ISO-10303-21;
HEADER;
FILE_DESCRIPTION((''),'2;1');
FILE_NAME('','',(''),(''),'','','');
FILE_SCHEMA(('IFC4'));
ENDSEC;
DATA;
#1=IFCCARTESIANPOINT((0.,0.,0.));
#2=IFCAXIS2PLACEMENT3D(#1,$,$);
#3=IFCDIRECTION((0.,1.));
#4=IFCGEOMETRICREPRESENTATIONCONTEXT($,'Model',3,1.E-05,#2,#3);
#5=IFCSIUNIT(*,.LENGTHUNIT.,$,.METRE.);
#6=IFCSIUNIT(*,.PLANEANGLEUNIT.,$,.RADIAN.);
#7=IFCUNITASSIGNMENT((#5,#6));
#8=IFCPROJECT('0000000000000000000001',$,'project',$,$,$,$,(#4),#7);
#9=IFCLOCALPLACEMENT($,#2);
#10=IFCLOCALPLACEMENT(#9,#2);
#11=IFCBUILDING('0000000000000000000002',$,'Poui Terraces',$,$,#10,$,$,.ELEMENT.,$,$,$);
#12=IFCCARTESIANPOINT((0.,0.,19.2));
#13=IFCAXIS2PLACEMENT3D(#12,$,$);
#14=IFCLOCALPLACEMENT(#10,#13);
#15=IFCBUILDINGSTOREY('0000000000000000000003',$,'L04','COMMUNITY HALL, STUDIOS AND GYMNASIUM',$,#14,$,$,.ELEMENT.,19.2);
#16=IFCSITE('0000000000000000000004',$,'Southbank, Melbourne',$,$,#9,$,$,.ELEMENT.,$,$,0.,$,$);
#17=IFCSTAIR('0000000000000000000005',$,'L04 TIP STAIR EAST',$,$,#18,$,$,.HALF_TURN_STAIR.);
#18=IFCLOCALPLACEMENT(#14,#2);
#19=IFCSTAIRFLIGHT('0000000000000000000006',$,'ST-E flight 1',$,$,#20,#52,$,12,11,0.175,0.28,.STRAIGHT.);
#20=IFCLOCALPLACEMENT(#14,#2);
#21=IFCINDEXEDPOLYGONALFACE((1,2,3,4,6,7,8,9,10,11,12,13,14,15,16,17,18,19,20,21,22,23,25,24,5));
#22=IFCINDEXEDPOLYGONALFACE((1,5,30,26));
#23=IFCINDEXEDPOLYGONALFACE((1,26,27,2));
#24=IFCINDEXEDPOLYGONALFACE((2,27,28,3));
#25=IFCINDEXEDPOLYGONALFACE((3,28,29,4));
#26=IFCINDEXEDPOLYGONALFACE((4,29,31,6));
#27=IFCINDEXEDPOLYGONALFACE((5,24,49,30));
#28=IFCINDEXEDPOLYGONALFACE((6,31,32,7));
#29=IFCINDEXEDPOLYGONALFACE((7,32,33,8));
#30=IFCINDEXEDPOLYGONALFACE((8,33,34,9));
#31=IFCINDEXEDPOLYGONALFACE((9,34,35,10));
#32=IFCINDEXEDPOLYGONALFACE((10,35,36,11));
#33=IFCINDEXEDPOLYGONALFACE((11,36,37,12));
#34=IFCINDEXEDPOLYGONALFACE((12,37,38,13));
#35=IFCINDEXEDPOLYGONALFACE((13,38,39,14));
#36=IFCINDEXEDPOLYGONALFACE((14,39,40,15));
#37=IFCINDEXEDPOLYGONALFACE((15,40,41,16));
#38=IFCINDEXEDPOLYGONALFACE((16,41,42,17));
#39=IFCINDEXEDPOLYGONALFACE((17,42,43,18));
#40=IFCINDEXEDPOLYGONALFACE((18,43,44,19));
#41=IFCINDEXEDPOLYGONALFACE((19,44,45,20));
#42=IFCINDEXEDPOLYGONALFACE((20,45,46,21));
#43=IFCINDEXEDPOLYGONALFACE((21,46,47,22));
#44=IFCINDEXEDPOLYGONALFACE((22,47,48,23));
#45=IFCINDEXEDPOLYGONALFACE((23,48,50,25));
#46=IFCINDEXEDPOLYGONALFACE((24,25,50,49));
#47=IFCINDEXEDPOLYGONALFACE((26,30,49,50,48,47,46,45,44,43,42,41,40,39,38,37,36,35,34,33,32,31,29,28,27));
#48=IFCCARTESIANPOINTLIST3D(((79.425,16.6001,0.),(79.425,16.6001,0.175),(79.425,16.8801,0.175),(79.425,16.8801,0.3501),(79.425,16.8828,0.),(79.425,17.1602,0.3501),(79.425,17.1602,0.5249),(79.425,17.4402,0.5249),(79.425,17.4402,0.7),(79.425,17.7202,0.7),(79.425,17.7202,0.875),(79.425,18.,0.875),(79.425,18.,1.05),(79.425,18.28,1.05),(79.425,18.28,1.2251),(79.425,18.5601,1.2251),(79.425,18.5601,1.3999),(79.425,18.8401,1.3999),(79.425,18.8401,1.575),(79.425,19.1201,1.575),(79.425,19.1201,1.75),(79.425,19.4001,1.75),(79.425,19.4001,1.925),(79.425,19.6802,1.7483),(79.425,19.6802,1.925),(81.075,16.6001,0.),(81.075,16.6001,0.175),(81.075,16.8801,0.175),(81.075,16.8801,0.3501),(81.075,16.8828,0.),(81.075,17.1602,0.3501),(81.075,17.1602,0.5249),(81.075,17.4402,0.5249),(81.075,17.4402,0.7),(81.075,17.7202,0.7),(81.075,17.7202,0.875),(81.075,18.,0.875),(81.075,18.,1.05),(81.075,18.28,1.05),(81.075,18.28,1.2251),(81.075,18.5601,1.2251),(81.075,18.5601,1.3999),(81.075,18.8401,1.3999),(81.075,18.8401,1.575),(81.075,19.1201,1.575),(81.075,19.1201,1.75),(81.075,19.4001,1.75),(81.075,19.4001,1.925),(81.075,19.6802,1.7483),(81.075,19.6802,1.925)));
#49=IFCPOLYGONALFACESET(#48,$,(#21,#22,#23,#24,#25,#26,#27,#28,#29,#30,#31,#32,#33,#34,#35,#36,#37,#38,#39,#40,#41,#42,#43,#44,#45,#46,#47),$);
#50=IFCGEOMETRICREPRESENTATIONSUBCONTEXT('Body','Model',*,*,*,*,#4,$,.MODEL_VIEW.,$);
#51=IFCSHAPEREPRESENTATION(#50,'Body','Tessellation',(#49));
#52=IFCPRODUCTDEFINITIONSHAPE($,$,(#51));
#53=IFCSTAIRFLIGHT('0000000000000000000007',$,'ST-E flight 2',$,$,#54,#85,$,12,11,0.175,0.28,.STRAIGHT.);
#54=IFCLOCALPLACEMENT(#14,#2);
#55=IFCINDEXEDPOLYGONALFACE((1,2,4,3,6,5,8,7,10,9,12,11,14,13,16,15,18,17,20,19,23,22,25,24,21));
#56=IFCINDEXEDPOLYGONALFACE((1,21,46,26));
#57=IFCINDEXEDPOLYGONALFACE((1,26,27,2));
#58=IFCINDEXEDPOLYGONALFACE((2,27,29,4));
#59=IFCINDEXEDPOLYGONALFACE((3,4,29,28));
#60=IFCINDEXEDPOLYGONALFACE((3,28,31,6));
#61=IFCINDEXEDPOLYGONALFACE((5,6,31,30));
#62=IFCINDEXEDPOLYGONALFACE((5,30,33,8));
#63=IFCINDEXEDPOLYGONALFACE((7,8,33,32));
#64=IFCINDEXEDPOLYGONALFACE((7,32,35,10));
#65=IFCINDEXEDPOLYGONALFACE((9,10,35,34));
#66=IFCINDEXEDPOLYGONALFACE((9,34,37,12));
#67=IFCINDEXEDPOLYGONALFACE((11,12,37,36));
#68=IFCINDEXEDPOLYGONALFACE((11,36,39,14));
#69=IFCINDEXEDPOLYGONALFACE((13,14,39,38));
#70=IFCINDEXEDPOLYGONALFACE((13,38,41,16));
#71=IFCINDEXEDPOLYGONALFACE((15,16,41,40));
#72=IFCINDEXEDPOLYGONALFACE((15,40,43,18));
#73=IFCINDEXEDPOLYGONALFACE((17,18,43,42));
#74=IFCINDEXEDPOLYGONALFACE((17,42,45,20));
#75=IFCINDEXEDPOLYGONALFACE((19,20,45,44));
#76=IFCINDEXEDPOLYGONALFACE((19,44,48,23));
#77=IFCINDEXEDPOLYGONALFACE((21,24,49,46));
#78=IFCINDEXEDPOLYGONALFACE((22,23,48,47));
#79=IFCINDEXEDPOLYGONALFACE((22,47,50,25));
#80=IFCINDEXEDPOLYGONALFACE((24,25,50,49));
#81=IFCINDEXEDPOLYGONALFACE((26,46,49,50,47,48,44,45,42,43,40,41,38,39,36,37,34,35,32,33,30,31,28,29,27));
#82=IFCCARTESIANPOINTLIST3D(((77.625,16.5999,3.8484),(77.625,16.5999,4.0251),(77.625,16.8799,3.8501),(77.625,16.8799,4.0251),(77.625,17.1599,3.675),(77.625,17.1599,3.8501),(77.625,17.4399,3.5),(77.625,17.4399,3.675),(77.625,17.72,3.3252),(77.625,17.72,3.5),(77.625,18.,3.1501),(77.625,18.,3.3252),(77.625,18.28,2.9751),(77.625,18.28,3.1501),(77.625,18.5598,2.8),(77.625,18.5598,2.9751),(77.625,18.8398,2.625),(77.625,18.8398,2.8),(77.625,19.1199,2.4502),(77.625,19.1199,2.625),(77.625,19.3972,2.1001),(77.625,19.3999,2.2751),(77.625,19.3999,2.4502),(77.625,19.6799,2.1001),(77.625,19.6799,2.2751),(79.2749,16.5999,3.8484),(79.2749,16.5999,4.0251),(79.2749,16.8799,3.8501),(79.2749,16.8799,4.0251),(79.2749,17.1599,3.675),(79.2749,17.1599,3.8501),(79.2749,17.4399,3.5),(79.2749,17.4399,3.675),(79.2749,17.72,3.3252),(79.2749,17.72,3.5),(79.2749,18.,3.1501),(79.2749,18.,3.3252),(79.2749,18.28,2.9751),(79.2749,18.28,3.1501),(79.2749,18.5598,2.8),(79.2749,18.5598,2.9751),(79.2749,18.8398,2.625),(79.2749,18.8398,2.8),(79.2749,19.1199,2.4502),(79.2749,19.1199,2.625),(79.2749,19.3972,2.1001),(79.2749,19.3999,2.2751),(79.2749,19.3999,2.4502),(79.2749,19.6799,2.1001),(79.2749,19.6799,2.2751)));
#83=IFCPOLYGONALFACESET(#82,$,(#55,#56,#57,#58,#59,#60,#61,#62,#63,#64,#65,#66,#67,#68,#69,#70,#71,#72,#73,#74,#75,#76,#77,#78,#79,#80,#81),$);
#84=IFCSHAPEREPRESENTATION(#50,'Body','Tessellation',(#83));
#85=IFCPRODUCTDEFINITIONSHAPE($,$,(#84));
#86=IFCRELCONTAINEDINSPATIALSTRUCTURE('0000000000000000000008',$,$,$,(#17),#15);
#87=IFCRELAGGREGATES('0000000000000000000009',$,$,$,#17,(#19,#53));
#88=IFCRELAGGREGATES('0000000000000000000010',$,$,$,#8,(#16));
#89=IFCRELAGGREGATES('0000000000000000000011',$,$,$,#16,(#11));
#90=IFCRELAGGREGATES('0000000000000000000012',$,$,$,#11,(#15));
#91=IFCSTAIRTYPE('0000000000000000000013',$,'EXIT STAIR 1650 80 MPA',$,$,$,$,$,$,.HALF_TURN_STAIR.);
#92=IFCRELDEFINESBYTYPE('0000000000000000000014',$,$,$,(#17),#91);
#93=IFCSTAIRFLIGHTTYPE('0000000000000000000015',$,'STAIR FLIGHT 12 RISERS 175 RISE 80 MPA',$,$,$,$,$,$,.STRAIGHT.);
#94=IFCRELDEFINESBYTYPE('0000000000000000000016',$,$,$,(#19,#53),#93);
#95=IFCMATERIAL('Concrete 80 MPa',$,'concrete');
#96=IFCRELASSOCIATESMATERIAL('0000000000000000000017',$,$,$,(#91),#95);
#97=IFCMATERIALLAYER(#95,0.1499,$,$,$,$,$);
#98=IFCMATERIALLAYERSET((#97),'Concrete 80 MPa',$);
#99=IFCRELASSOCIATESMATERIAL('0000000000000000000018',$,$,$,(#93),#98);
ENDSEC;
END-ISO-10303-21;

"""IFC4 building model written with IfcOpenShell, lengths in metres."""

from ifc_helpers import new_model, si_unit, direction, frame, origin, place, context, subcontext, project, spatial, polyline, outline, extrude, material, layer, layer_set, type_object, element, aggregate, save


model = new_model("IFC4")

# Units and contexts
model_context = context("Model", 3, precision=1e-05, world=origin(), true_north=direction((0.0, 1.0)))
body_context = subcontext(model_context, "Body", "Model", "MODEL_VIEW")
ifc_project = project(units=[si_unit("LENGTHUNIT", "METRE"), si_unit("PLANEANGLEUNIT", "RADIAN")], contexts=[model_context])

# Site, building, storey
site_placement = place(None, origin())
site = spatial("IfcSite", under=ifc_project, at=site_placement, Name="Southbank, Melbourne", CompositionType="ELEMENT", RefElevation=0.0)
building_placement = place(site_placement, origin())
building = spatial("IfcBuilding", under=site, at=building_placement, Name="Poui Terraces", CompositionType="ELEMENT")
storey_placement = place(building_placement, frame((0.0, 0.0, 19.2)))
storey = spatial("IfcBuildingStorey", under=building, at=storey_placement, Name="L04", Description="COMMUNITY HALL, STUDIOS AND GYMNASIUM", CompositionType="ELEMENT", Elevation=19.2)

# Shared definitions
ifc_material_1 = material(Name="Concrete 80 MPa", Category="concrete")

# Stair, stair flights
stair_type = type_object("IfcStairType", Name="EXIT STAIR 1650 80 MPA", PredefinedType="HALF_TURN_STAIR", material=ifc_material_1)
stair_placement = place(storey_placement, origin())
stair = element("IfcStair", 1, at=stair_placement, inside=storey, type_object=stair_type, Name="L04 TIP STAIR EAST", PredefinedType="HALF_TURN_STAIR")
ifc_layer_1 = layer(ifc_material_1, 0.1499)
ifc_layer_set_1 = layer_set([ifc_layer_1], Name="Concrete 80 MPa")
stair_flight_type = type_object("IfcStairFlightType", Name="STAIR FLIGHT 12 RISERS 175 RISE 80 MPA", PredefinedType="STRAIGHT", material=ifc_layer_set_1)
stair_flight_1_placement = place(storey_placement, frame((80.25, 16.6001, 0.0), z_axis=(0.0, 0.0, 1.0), x_axis=(0.0, 1.0, 0.0)))
stair_flight_1 = element("IfcStairFlight", 2, at=stair_flight_1_placement, type_object=stair_flight_type, Name="ST-E flight 1", NumberOfRisers=12, NumberOfTreads=11, PredefinedType="STRAIGHT", RiserHeight=0.175, TreadLength=0.28, context=body_context, shape_type="SweptSolid", body=[
    extrude(outline(polyline([(0.0, 0.0), (0.0, 0.175), (0.28, 0.175), (0.28, 0.3501), (0.5601, 0.3501), (0.5601, 0.5249), (0.8401, 0.5249), (0.8401, 0.7), (1.1201, 0.7), (1.1201, 0.875), (1.3999, 0.875), (1.3999, 1.05), (1.6799, 1.05), (1.6799, 1.2251), (1.96, 1.2251), (1.96, 1.3999), (2.24, 1.3999), (2.24, 1.575), (2.52, 1.575), (2.52, 1.75), (2.8, 1.75), (2.8, 1.925), (3.0801, 1.925), (3.0801, 2.1001), (3.0801, 1.7483), (0.2827, 0.0), (0.0, 0.0)])), frame((0.0, 0.825, 0.0), z_axis=(0.0, -1.0, 0.0), x_axis=(1.0, 0.0, 0.0)), (0.0, 0.0, 1.0), 1.6499),
])
stair_flight_2_placement = place(storey_placement, frame((78.45, 19.6799, 2.1001), z_axis=(0.0, 0.0, 1.0), x_axis=(0.0, -1.0, 0.0)))
stair_flight_2 = element("IfcStairFlight", 3, at=stair_flight_2_placement, type_object=stair_flight_type, Name="ST-E flight 2", NumberOfRisers=12, NumberOfTreads=11, PredefinedType="STRAIGHT", RiserHeight=0.175, TreadLength=0.28, context=body_context, shape_type="SweptSolid", body=[
    extrude(outline(polyline([(0.0, 0.0), (0.0, 0.175), (0.28, 0.175), (0.28, 0.3501), (0.5601, 0.3501), (0.5601, 0.5249), (0.8401, 0.5249), (0.8401, 0.7), (1.1201, 0.7), (1.1201, 0.875), (1.3999, 0.875), (1.3999, 1.05), (1.6799, 1.05), (1.6799, 1.2251), (1.96, 1.2251), (1.96, 1.3999), (2.24, 1.3999), (2.24, 1.575), (2.52, 1.575), (2.52, 1.75), (2.8, 1.75), (2.8, 1.925), (3.0801, 1.925), (3.0801, 2.1001), (3.0801, 1.7483), (0.2827, 0.0), (0.0, 0.0)])), frame((0.0, 0.825, 0.0), z_axis=(0.0, -1.0, 0.0), x_axis=(1.0, 0.0, 0.0)), (0.0, 0.0, 1.0), 1.6499),
])
aggregate(stair, [stair_flight_1, stair_flight_2])

save(model, "model.ifc")
